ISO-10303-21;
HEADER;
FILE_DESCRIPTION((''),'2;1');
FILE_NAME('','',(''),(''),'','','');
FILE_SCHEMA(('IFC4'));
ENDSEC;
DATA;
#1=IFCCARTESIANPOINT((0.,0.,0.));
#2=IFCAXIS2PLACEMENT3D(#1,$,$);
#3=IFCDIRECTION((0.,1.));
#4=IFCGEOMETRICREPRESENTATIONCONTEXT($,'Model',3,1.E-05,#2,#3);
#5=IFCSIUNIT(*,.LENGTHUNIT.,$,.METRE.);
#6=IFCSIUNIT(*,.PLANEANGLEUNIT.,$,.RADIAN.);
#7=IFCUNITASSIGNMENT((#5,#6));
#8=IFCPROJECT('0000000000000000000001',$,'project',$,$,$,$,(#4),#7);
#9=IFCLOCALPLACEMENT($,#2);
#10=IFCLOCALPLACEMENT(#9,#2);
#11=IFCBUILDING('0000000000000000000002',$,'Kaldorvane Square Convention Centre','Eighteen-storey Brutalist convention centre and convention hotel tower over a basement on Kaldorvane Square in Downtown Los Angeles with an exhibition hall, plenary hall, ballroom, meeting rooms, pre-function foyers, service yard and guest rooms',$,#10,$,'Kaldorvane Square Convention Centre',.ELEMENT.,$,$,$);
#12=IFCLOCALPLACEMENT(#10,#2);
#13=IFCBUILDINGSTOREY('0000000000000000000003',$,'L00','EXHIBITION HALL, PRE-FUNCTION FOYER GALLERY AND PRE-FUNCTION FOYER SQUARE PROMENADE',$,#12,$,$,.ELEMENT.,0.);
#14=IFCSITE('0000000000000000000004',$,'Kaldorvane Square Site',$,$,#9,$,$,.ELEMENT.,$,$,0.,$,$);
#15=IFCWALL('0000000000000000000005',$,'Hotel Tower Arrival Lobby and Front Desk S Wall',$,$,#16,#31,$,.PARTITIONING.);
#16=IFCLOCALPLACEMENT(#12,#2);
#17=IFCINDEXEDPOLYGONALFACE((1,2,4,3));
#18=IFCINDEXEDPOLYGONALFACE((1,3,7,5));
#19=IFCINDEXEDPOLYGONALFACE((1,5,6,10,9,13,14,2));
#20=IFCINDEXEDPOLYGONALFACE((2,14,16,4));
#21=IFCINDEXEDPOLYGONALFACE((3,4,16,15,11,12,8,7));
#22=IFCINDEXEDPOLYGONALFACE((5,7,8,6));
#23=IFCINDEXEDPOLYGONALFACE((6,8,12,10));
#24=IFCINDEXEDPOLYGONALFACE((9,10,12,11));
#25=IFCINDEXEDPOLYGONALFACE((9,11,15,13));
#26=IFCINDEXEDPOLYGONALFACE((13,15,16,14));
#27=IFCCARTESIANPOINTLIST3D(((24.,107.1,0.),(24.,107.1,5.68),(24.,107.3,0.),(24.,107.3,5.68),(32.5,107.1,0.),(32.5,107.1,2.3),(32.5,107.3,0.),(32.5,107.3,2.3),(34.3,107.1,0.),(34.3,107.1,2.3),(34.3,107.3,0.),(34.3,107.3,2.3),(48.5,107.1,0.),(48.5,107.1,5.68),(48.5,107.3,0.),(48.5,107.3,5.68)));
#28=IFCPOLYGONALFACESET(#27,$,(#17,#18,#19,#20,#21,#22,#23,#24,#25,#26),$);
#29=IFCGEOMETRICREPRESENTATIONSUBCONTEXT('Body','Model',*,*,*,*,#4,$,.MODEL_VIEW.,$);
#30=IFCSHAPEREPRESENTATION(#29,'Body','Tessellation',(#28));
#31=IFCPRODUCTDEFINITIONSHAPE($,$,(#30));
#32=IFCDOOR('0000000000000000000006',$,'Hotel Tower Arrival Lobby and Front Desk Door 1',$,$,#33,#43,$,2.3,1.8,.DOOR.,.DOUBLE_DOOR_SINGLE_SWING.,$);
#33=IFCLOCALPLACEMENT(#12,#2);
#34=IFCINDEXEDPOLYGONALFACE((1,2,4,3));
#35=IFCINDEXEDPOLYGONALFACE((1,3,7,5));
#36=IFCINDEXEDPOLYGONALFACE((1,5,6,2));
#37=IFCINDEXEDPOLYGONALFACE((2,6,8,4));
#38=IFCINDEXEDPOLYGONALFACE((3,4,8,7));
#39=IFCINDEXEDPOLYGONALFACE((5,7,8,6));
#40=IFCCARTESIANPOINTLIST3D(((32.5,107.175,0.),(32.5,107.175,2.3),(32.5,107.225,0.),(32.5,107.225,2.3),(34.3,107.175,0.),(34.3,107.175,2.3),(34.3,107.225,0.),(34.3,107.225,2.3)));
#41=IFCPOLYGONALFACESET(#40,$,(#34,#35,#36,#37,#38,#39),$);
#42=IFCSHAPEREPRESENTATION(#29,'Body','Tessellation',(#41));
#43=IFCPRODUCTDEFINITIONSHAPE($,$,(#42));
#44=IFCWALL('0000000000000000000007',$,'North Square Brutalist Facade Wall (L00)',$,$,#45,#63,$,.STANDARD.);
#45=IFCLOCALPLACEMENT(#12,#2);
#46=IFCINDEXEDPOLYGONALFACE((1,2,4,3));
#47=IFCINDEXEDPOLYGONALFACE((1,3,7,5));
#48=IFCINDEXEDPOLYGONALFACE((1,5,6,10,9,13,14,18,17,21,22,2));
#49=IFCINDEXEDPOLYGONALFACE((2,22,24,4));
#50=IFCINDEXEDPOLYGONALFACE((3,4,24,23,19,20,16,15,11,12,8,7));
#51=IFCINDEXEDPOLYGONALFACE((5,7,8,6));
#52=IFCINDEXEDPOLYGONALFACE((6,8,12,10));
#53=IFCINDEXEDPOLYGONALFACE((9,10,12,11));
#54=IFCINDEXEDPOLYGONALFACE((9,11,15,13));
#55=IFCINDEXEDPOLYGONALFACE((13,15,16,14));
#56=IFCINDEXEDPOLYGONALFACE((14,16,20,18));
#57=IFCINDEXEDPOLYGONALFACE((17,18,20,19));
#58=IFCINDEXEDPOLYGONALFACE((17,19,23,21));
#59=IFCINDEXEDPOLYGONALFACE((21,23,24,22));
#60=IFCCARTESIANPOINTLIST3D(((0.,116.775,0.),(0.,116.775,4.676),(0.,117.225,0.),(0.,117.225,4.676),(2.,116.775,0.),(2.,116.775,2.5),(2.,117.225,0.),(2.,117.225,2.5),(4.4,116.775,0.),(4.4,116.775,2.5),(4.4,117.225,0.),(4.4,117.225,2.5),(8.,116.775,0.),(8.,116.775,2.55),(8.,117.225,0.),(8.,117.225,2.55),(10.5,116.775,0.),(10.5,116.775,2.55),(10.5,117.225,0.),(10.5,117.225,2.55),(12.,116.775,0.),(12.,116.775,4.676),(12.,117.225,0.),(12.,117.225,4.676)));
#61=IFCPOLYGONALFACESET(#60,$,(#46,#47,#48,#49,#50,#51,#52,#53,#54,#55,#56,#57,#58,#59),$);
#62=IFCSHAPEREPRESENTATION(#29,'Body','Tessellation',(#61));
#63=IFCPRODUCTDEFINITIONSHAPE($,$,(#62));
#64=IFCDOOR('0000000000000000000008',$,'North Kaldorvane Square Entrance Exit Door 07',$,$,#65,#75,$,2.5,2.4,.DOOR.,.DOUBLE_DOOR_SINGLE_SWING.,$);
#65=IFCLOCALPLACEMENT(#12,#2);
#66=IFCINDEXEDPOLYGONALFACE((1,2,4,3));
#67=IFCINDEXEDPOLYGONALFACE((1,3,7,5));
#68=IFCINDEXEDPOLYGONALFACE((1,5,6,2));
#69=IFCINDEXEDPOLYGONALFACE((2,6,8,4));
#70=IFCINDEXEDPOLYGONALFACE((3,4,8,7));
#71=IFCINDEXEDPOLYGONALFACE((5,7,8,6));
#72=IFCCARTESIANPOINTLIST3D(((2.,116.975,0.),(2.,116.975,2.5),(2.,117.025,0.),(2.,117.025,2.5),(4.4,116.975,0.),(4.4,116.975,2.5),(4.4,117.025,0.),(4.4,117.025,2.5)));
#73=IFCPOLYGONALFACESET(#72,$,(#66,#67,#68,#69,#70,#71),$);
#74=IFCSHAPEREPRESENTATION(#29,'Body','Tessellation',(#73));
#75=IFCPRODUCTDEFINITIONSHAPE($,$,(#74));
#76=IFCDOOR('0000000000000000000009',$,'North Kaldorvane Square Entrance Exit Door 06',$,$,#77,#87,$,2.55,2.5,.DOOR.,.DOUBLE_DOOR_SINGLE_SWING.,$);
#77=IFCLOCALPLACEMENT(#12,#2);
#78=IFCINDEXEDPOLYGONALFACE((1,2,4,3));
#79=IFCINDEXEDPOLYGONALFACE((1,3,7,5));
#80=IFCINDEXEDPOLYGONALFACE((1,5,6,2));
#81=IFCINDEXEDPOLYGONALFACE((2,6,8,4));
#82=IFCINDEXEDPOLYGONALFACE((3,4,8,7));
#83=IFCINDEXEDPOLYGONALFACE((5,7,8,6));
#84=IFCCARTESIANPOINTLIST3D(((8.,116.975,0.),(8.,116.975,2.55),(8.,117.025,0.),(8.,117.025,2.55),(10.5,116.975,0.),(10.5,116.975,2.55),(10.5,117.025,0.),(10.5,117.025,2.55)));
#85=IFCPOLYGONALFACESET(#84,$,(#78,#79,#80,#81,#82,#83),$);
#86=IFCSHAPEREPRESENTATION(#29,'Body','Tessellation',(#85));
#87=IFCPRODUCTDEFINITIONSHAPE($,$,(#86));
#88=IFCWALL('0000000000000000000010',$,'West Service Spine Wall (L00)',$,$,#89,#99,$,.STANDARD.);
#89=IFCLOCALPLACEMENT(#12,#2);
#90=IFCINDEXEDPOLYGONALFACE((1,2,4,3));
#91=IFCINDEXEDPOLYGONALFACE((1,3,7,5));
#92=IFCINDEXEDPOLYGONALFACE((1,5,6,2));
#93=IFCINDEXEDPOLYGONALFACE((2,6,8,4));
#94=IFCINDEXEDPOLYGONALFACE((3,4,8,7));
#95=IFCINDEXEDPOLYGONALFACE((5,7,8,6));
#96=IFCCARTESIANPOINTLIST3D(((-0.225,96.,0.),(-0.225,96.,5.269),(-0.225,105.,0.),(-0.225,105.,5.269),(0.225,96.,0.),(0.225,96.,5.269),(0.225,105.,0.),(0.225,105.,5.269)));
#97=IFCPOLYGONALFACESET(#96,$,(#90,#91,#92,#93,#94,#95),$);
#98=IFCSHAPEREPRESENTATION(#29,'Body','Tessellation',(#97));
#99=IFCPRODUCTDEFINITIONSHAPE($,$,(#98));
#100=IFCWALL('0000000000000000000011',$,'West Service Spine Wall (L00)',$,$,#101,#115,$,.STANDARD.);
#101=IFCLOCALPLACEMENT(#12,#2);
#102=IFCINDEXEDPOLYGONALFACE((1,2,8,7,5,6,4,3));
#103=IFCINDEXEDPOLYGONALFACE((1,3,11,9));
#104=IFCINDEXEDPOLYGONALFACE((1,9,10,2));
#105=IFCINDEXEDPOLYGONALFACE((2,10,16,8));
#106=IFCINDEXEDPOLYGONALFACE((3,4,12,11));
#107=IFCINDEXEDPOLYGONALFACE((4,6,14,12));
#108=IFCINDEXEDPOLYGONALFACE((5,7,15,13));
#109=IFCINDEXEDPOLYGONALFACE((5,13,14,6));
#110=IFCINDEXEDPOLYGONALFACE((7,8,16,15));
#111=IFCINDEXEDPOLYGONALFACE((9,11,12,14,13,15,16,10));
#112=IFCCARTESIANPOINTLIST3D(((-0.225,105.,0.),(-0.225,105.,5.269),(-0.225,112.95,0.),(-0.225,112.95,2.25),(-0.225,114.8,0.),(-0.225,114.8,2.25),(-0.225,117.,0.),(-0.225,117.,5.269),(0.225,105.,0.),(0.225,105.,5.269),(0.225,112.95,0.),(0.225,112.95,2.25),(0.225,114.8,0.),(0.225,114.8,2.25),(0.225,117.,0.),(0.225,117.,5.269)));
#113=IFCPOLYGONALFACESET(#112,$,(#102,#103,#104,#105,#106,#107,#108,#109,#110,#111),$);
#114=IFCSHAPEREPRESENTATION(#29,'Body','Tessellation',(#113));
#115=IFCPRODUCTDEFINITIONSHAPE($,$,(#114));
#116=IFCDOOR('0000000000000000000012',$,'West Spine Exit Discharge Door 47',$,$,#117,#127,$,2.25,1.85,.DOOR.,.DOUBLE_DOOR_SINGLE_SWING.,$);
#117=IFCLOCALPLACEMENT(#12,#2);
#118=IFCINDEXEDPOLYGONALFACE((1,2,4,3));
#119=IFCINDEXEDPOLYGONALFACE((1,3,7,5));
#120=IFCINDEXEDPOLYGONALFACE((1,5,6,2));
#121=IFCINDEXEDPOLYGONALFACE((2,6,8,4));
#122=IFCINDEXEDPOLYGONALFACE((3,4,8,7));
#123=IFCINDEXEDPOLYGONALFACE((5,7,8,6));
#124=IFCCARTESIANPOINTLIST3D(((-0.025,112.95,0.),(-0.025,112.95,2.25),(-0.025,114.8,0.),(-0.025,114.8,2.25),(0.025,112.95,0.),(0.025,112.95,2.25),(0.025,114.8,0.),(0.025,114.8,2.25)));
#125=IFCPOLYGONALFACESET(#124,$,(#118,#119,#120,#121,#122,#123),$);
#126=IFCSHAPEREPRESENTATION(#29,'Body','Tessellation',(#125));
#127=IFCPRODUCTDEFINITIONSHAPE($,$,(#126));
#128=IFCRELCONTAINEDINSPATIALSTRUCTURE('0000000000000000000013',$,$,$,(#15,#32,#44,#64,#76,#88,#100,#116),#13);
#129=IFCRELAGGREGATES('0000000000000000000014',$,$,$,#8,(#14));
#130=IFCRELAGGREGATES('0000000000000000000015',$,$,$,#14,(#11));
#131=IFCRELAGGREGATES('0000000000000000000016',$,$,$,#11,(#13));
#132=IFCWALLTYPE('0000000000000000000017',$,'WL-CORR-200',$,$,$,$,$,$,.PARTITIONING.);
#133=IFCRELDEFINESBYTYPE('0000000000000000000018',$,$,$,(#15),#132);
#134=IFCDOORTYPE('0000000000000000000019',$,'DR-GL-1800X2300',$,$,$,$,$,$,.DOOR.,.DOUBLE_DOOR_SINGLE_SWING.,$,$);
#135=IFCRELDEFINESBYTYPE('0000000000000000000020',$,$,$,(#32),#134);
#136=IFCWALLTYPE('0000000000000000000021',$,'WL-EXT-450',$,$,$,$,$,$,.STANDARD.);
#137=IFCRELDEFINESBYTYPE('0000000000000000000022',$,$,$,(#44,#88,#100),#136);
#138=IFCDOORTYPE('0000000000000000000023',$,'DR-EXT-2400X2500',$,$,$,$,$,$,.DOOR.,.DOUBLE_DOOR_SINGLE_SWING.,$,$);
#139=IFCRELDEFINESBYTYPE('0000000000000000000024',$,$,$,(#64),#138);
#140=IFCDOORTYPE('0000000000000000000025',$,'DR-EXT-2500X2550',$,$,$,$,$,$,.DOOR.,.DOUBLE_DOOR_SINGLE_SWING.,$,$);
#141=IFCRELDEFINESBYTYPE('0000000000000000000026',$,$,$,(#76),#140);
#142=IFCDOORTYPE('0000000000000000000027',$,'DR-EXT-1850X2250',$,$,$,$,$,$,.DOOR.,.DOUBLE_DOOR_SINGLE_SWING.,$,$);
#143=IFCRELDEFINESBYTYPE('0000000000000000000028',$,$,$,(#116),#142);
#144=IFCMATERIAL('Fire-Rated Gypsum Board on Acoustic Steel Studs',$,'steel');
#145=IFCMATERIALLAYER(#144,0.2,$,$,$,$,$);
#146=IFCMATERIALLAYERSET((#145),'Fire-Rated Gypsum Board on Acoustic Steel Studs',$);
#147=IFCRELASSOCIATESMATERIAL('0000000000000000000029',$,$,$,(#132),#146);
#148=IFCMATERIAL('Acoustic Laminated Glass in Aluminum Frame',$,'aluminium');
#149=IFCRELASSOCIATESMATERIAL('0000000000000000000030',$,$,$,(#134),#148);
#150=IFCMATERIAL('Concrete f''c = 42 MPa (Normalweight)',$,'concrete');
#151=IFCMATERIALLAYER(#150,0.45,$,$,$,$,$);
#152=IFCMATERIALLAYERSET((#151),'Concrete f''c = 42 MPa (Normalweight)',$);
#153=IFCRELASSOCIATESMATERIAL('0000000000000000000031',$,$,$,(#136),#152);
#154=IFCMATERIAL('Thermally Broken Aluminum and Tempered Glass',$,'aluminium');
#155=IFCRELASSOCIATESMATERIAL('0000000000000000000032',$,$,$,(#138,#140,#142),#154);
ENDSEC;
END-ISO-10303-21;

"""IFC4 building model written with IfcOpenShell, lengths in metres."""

from ifc_helpers import new_model, si_unit, direction, frame, frame_2d, origin, place, context, subcontext, project, spatial, rectangle, extrude, material, layer, layer_set, type_object, element, fill, save


model = new_model("IFC4")

# Units and contexts
model_context = context("Model", 3, precision=1e-05, world=origin(), true_north=direction((0.0, 1.0)))
body_context = subcontext(model_context, "Body", "Model", "MODEL_VIEW")
ifc_project = project(units=[si_unit("LENGTHUNIT", "METRE"), si_unit("PLANEANGLEUNIT", "RADIAN")], contexts=[model_context])

# Site, building, storey
site_placement = place(None, origin())
site = spatial("IfcSite", under=ifc_project, at=site_placement, Name="Kaldorvane Square Site", CompositionType="ELEMENT", RefElevation=0.0)
building_placement = place(site_placement, origin())
building = spatial("IfcBuilding", under=site, at=building_placement, Name="Kaldorvane Square Convention Centre", Description="Eighteen-storey Brutalist convention centre and convention hotel tower over a basement on Kaldorvane Square in Downtown Los Angeles with an exhibition hall, plenary hall, ballroom, meeting rooms, pre-function foyers, service yard and guest rooms", LongName="Kaldorvane Square Convention Centre", CompositionType="ELEMENT")
storey_placement = place(building_placement, origin())
storey = spatial("IfcBuildingStorey", under=building, at=storey_placement, Name="L00", Description="EXHIBITION HALL, PRE-FUNCTION FOYER GALLERY AND PRE-FUNCTION FOYER SQUARE PROMENADE", CompositionType="ELEMENT", Elevation=0.0)

# Shared definitions
ifc_material_1 = material(Name="Concrete f'c = 42 MPa (Normalweight)", Category="concrete")

# Wall, opening, door
ifc_material_2 = material(Name="Fire-Rated Gypsum Board on Acoustic Steel Studs", Category="steel")
ifc_layer_1 = layer(ifc_material_2, 0.2)
ifc_layer_set_1 = layer_set([ifc_layer_1], Name="Fire-Rated Gypsum Board on Acoustic Steel Studs")
wall_type_1 = type_object("IfcWallType", Name="WL-CORR-200", PredefinedType="PARTITIONING", material=ifc_layer_set_1)
wall_1_placement = place(storey_placement, frame((24.0, 107.2, 0.0), z_axis=(0.0, 0.0, 1.0), x_axis=(1.0, 0.0, 0.0)))
wall_1 = element("IfcWall", 1, at=wall_1_placement, inside=storey, type_object=wall_type_1, Name="Hotel Tower Arrival Lobby and Front Desk S Wall", PredefinedType="PARTITIONING", context=body_context, shape_type="SweptSolid", body=[
    extrude(rectangle(XDim=24.5, YDim=0.2, at=frame_2d((12.25, 0.0))), origin(), (0.0, 0.0, 1.0), 5.68),
])
opening_1_placement = place(wall_1_placement, frame((8.5, 0.0, 0.0)))
opening_1 = element("IfcOpeningElement", 2, at=opening_1_placement, cuts=wall_1, PredefinedType="OPENING", context=body_context, shape_type="SweptSolid", body=[
    extrude(rectangle(XDim=1.8, YDim=2.3, at=frame_2d((0.9, 1.15))), frame((0.0, 0.115, 0.0), z_axis=(0.0, -1.0, 0.0), x_axis=(1.0, 0.0, 0.0)), (0.0, 0.0, 1.0), 0.23),
])
ifc_material_3 = material(Name="Acoustic Laminated Glass in Aluminum Frame", Category="aluminium")
door_type_1 = type_object("IfcDoorType", Name="DR-GL-1800X2300", OperationType="DOUBLE_DOOR_SINGLE_SWING", PredefinedType="DOOR", material=ifc_material_3)
door_1_placement = place(opening_1_placement, origin())
door_1 = element("IfcDoor", 3, at=door_1_placement, inside=storey, type_object=door_type_1, Name="Hotel Tower Arrival Lobby and Front Desk Door 1", OperationType="DOUBLE_DOOR_SINGLE_SWING", OverallHeight=2.3, OverallWidth=1.8, PredefinedType="DOOR", context=body_context, shape_type="SweptSolid", body=[
    extrude(rectangle(XDim=1.8, YDim=2.3, at=frame_2d((0.9, 1.15))), frame((0.0, 0.025, 0.0), z_axis=(0.0, -1.0, 0.0), x_axis=(1.0, 0.0, 0.0)), (0.0, 0.0, 1.0), 0.05),
])
fill(opening_1, door_1)

# Wall, openings, doors
ifc_layer_2 = layer(ifc_material_1, 0.45)
ifc_layer_set_2 = layer_set([ifc_layer_2], Name="Concrete f'c = 42 MPa (Normalweight)")
wall_type_2 = type_object("IfcWallType", Name="WL-EXT-450", PredefinedType="STANDARD", material=ifc_layer_set_2)
wall_2_placement = place(storey_placement, frame((12.0, 117.0, 0.0), z_axis=(0.0, 0.0, 1.0), x_axis=(-1.0, 0.0, 0.0)))
wall_2 = element("IfcWall", 4, at=wall_2_placement, inside=storey, type_object=wall_type_2, Name="North Square Brutalist Facade Wall (L00)", PredefinedType="STANDARD", context=body_context, shape_type="SweptSolid", body=[
    extrude(rectangle(XDim=12.0, YDim=0.45, at=frame_2d((6.0, 0.0))), origin(), (0.0, 0.0, 1.0), 4.676),
])
opening_2_placement = place(wall_2_placement, frame((1.5, 0.0, 0.0)))
opening_2 = element("IfcOpeningElement", 5, at=opening_2_placement, cuts=wall_2, PredefinedType="OPENING", context=body_context, shape_type="SweptSolid", body=[
    extrude(rectangle(XDim=2.5, YDim=2.55, at=frame_2d((1.25, 1.275))), frame((0.0, 0.24, 0.0), z_axis=(0.0, -1.0, 0.0), x_axis=(1.0, 0.0, 0.0)), (0.0, 0.0, 1.0), 0.48),
])
opening_3_placement = place(wall_2_placement, frame((7.6, 0.0, 0.0)))
opening_3 = element("IfcOpeningElement", 6, at=opening_3_placement, cuts=wall_2, PredefinedType="OPENING", context=body_context, shape_type="SweptSolid", body=[
    extrude(rectangle(XDim=2.4, YDim=2.5, at=frame_2d((1.2, 1.25))), frame((0.0, 0.24, 0.0), z_axis=(0.0, -1.0, 0.0), x_axis=(1.0, 0.0, 0.0)), (0.0, 0.0, 1.0), 0.48),
])
ifc_material_4 = material(Name="Thermally Broken Aluminum and Tempered Glass", Category="aluminium")
door_type_2 = type_object("IfcDoorType", Name="DR-EXT-2400X2500", OperationType="DOUBLE_DOOR_SINGLE_SWING", PredefinedType="DOOR", material=ifc_material_4)
door_2_placement = place(opening_3_placement, origin())
door_2 = element("IfcDoor", 7, at=door_2_placement, inside=storey, type_object=door_type_2, Name="North Kaldorvane Square Entrance Exit Door 07", OperationType="DOUBLE_DOOR_SINGLE_SWING", OverallHeight=2.5, OverallWidth=2.4, PredefinedType="DOOR", context=body_context, shape_type="SweptSolid", body=[
    extrude(rectangle(XDim=2.4, YDim=2.5, at=frame_2d((1.2, 1.25))), frame((0.0, 0.025, 0.0), z_axis=(0.0, -1.0, 0.0), x_axis=(1.0, 0.0, 0.0)), (0.0, 0.0, 1.0), 0.05),
])
fill(opening_3, door_2)
door_type_3 = type_object("IfcDoorType", Name="DR-EXT-2500X2550", OperationType="DOUBLE_DOOR_SINGLE_SWING", PredefinedType="DOOR", material=ifc_material_4)
door_3_placement = place(opening_2_placement, origin())
door_3 = element("IfcDoor", 8, at=door_3_placement, inside=storey, type_object=door_type_3, Name="North Kaldorvane Square Entrance Exit Door 06", OperationType="DOUBLE_DOOR_SINGLE_SWING", OverallHeight=2.55, OverallWidth=2.5, PredefinedType="DOOR", context=body_context, shape_type="SweptSolid", body=[
    extrude(rectangle(XDim=2.5, YDim=2.55, at=frame_2d((1.25, 1.275))), frame((0.0, 0.025, 0.0), z_axis=(0.0, -1.0, 0.0), x_axis=(1.0, 0.0, 0.0)), (0.0, 0.0, 1.0), 0.05),
])
fill(opening_2, door_3)

# Wall
wall_3_placement = place(storey_placement, frame((0.0, 105.0, 0.0), z_axis=(0.0, 0.0, 1.0), x_axis=(0.0, -1.0, 0.0)))
element("IfcWall", 9, at=wall_3_placement, inside=storey, type_object=wall_type_2, Name="West Service Spine Wall (L00)", PredefinedType="STANDARD", context=body_context, shape_type="SweptSolid", body=[
    extrude(rectangle(XDim=9.0, YDim=0.45, at=frame_2d((4.5, 0.0))), origin(), (0.0, 0.0, 1.0), 5.269),
])

# Wall, opening, door
wall_4_placement = place(storey_placement, frame((0.0, 117.0, 0.0), z_axis=(0.0, 0.0, 1.0), x_axis=(0.0, -1.0, 0.0)))
wall_4 = element("IfcWall", 10, at=wall_4_placement, inside=storey, type_object=wall_type_2, Name="West Service Spine Wall (L00)", PredefinedType="STANDARD", context=body_context, shape_type="SweptSolid", body=[
    extrude(rectangle(XDim=12.0, YDim=0.45, at=frame_2d((6.0, 0.0))), origin(), (0.0, 0.0, 1.0), 5.269),
])
opening_4_placement = place(wall_4_placement, frame((2.2, 0.0, 0.0)))
opening_4 = element("IfcOpeningElement", 11, at=opening_4_placement, cuts=wall_4, PredefinedType="OPENING", context=body_context, shape_type="SweptSolid", body=[
    extrude(rectangle(XDim=1.85, YDim=2.25, at=frame_2d((0.925, 1.125))), frame((0.0, 0.24, 0.0), z_axis=(0.0, -1.0, 0.0), x_axis=(1.0, 0.0, 0.0)), (0.0, 0.0, 1.0), 0.48),
])
door_type_4 = type_object("IfcDoorType", Name="DR-EXT-1850X2250", OperationType="DOUBLE_DOOR_SINGLE_SWING", PredefinedType="DOOR", material=ifc_material_4)
door_4_placement = place(opening_4_placement, origin())
door_4 = element("IfcDoor", 12, at=door_4_placement, inside=storey, type_object=door_type_4, Name="West Spine Exit Discharge Door 47", OperationType="DOUBLE_DOOR_SINGLE_SWING", OverallHeight=2.25, OverallWidth=1.85, PredefinedType="DOOR", context=body_context, shape_type="SweptSolid", body=[
    extrude(rectangle(XDim=1.85, YDim=2.25, at=frame_2d((0.925, 1.125))), frame((0.0, 0.025, 0.0), z_axis=(0.0, -1.0, 0.0), x_axis=(1.0, 0.0, 0.0)), (0.0, 0.0, 1.0), 0.05),
])
fill(opening_4, door_4)

save(model, "model.ifc")
